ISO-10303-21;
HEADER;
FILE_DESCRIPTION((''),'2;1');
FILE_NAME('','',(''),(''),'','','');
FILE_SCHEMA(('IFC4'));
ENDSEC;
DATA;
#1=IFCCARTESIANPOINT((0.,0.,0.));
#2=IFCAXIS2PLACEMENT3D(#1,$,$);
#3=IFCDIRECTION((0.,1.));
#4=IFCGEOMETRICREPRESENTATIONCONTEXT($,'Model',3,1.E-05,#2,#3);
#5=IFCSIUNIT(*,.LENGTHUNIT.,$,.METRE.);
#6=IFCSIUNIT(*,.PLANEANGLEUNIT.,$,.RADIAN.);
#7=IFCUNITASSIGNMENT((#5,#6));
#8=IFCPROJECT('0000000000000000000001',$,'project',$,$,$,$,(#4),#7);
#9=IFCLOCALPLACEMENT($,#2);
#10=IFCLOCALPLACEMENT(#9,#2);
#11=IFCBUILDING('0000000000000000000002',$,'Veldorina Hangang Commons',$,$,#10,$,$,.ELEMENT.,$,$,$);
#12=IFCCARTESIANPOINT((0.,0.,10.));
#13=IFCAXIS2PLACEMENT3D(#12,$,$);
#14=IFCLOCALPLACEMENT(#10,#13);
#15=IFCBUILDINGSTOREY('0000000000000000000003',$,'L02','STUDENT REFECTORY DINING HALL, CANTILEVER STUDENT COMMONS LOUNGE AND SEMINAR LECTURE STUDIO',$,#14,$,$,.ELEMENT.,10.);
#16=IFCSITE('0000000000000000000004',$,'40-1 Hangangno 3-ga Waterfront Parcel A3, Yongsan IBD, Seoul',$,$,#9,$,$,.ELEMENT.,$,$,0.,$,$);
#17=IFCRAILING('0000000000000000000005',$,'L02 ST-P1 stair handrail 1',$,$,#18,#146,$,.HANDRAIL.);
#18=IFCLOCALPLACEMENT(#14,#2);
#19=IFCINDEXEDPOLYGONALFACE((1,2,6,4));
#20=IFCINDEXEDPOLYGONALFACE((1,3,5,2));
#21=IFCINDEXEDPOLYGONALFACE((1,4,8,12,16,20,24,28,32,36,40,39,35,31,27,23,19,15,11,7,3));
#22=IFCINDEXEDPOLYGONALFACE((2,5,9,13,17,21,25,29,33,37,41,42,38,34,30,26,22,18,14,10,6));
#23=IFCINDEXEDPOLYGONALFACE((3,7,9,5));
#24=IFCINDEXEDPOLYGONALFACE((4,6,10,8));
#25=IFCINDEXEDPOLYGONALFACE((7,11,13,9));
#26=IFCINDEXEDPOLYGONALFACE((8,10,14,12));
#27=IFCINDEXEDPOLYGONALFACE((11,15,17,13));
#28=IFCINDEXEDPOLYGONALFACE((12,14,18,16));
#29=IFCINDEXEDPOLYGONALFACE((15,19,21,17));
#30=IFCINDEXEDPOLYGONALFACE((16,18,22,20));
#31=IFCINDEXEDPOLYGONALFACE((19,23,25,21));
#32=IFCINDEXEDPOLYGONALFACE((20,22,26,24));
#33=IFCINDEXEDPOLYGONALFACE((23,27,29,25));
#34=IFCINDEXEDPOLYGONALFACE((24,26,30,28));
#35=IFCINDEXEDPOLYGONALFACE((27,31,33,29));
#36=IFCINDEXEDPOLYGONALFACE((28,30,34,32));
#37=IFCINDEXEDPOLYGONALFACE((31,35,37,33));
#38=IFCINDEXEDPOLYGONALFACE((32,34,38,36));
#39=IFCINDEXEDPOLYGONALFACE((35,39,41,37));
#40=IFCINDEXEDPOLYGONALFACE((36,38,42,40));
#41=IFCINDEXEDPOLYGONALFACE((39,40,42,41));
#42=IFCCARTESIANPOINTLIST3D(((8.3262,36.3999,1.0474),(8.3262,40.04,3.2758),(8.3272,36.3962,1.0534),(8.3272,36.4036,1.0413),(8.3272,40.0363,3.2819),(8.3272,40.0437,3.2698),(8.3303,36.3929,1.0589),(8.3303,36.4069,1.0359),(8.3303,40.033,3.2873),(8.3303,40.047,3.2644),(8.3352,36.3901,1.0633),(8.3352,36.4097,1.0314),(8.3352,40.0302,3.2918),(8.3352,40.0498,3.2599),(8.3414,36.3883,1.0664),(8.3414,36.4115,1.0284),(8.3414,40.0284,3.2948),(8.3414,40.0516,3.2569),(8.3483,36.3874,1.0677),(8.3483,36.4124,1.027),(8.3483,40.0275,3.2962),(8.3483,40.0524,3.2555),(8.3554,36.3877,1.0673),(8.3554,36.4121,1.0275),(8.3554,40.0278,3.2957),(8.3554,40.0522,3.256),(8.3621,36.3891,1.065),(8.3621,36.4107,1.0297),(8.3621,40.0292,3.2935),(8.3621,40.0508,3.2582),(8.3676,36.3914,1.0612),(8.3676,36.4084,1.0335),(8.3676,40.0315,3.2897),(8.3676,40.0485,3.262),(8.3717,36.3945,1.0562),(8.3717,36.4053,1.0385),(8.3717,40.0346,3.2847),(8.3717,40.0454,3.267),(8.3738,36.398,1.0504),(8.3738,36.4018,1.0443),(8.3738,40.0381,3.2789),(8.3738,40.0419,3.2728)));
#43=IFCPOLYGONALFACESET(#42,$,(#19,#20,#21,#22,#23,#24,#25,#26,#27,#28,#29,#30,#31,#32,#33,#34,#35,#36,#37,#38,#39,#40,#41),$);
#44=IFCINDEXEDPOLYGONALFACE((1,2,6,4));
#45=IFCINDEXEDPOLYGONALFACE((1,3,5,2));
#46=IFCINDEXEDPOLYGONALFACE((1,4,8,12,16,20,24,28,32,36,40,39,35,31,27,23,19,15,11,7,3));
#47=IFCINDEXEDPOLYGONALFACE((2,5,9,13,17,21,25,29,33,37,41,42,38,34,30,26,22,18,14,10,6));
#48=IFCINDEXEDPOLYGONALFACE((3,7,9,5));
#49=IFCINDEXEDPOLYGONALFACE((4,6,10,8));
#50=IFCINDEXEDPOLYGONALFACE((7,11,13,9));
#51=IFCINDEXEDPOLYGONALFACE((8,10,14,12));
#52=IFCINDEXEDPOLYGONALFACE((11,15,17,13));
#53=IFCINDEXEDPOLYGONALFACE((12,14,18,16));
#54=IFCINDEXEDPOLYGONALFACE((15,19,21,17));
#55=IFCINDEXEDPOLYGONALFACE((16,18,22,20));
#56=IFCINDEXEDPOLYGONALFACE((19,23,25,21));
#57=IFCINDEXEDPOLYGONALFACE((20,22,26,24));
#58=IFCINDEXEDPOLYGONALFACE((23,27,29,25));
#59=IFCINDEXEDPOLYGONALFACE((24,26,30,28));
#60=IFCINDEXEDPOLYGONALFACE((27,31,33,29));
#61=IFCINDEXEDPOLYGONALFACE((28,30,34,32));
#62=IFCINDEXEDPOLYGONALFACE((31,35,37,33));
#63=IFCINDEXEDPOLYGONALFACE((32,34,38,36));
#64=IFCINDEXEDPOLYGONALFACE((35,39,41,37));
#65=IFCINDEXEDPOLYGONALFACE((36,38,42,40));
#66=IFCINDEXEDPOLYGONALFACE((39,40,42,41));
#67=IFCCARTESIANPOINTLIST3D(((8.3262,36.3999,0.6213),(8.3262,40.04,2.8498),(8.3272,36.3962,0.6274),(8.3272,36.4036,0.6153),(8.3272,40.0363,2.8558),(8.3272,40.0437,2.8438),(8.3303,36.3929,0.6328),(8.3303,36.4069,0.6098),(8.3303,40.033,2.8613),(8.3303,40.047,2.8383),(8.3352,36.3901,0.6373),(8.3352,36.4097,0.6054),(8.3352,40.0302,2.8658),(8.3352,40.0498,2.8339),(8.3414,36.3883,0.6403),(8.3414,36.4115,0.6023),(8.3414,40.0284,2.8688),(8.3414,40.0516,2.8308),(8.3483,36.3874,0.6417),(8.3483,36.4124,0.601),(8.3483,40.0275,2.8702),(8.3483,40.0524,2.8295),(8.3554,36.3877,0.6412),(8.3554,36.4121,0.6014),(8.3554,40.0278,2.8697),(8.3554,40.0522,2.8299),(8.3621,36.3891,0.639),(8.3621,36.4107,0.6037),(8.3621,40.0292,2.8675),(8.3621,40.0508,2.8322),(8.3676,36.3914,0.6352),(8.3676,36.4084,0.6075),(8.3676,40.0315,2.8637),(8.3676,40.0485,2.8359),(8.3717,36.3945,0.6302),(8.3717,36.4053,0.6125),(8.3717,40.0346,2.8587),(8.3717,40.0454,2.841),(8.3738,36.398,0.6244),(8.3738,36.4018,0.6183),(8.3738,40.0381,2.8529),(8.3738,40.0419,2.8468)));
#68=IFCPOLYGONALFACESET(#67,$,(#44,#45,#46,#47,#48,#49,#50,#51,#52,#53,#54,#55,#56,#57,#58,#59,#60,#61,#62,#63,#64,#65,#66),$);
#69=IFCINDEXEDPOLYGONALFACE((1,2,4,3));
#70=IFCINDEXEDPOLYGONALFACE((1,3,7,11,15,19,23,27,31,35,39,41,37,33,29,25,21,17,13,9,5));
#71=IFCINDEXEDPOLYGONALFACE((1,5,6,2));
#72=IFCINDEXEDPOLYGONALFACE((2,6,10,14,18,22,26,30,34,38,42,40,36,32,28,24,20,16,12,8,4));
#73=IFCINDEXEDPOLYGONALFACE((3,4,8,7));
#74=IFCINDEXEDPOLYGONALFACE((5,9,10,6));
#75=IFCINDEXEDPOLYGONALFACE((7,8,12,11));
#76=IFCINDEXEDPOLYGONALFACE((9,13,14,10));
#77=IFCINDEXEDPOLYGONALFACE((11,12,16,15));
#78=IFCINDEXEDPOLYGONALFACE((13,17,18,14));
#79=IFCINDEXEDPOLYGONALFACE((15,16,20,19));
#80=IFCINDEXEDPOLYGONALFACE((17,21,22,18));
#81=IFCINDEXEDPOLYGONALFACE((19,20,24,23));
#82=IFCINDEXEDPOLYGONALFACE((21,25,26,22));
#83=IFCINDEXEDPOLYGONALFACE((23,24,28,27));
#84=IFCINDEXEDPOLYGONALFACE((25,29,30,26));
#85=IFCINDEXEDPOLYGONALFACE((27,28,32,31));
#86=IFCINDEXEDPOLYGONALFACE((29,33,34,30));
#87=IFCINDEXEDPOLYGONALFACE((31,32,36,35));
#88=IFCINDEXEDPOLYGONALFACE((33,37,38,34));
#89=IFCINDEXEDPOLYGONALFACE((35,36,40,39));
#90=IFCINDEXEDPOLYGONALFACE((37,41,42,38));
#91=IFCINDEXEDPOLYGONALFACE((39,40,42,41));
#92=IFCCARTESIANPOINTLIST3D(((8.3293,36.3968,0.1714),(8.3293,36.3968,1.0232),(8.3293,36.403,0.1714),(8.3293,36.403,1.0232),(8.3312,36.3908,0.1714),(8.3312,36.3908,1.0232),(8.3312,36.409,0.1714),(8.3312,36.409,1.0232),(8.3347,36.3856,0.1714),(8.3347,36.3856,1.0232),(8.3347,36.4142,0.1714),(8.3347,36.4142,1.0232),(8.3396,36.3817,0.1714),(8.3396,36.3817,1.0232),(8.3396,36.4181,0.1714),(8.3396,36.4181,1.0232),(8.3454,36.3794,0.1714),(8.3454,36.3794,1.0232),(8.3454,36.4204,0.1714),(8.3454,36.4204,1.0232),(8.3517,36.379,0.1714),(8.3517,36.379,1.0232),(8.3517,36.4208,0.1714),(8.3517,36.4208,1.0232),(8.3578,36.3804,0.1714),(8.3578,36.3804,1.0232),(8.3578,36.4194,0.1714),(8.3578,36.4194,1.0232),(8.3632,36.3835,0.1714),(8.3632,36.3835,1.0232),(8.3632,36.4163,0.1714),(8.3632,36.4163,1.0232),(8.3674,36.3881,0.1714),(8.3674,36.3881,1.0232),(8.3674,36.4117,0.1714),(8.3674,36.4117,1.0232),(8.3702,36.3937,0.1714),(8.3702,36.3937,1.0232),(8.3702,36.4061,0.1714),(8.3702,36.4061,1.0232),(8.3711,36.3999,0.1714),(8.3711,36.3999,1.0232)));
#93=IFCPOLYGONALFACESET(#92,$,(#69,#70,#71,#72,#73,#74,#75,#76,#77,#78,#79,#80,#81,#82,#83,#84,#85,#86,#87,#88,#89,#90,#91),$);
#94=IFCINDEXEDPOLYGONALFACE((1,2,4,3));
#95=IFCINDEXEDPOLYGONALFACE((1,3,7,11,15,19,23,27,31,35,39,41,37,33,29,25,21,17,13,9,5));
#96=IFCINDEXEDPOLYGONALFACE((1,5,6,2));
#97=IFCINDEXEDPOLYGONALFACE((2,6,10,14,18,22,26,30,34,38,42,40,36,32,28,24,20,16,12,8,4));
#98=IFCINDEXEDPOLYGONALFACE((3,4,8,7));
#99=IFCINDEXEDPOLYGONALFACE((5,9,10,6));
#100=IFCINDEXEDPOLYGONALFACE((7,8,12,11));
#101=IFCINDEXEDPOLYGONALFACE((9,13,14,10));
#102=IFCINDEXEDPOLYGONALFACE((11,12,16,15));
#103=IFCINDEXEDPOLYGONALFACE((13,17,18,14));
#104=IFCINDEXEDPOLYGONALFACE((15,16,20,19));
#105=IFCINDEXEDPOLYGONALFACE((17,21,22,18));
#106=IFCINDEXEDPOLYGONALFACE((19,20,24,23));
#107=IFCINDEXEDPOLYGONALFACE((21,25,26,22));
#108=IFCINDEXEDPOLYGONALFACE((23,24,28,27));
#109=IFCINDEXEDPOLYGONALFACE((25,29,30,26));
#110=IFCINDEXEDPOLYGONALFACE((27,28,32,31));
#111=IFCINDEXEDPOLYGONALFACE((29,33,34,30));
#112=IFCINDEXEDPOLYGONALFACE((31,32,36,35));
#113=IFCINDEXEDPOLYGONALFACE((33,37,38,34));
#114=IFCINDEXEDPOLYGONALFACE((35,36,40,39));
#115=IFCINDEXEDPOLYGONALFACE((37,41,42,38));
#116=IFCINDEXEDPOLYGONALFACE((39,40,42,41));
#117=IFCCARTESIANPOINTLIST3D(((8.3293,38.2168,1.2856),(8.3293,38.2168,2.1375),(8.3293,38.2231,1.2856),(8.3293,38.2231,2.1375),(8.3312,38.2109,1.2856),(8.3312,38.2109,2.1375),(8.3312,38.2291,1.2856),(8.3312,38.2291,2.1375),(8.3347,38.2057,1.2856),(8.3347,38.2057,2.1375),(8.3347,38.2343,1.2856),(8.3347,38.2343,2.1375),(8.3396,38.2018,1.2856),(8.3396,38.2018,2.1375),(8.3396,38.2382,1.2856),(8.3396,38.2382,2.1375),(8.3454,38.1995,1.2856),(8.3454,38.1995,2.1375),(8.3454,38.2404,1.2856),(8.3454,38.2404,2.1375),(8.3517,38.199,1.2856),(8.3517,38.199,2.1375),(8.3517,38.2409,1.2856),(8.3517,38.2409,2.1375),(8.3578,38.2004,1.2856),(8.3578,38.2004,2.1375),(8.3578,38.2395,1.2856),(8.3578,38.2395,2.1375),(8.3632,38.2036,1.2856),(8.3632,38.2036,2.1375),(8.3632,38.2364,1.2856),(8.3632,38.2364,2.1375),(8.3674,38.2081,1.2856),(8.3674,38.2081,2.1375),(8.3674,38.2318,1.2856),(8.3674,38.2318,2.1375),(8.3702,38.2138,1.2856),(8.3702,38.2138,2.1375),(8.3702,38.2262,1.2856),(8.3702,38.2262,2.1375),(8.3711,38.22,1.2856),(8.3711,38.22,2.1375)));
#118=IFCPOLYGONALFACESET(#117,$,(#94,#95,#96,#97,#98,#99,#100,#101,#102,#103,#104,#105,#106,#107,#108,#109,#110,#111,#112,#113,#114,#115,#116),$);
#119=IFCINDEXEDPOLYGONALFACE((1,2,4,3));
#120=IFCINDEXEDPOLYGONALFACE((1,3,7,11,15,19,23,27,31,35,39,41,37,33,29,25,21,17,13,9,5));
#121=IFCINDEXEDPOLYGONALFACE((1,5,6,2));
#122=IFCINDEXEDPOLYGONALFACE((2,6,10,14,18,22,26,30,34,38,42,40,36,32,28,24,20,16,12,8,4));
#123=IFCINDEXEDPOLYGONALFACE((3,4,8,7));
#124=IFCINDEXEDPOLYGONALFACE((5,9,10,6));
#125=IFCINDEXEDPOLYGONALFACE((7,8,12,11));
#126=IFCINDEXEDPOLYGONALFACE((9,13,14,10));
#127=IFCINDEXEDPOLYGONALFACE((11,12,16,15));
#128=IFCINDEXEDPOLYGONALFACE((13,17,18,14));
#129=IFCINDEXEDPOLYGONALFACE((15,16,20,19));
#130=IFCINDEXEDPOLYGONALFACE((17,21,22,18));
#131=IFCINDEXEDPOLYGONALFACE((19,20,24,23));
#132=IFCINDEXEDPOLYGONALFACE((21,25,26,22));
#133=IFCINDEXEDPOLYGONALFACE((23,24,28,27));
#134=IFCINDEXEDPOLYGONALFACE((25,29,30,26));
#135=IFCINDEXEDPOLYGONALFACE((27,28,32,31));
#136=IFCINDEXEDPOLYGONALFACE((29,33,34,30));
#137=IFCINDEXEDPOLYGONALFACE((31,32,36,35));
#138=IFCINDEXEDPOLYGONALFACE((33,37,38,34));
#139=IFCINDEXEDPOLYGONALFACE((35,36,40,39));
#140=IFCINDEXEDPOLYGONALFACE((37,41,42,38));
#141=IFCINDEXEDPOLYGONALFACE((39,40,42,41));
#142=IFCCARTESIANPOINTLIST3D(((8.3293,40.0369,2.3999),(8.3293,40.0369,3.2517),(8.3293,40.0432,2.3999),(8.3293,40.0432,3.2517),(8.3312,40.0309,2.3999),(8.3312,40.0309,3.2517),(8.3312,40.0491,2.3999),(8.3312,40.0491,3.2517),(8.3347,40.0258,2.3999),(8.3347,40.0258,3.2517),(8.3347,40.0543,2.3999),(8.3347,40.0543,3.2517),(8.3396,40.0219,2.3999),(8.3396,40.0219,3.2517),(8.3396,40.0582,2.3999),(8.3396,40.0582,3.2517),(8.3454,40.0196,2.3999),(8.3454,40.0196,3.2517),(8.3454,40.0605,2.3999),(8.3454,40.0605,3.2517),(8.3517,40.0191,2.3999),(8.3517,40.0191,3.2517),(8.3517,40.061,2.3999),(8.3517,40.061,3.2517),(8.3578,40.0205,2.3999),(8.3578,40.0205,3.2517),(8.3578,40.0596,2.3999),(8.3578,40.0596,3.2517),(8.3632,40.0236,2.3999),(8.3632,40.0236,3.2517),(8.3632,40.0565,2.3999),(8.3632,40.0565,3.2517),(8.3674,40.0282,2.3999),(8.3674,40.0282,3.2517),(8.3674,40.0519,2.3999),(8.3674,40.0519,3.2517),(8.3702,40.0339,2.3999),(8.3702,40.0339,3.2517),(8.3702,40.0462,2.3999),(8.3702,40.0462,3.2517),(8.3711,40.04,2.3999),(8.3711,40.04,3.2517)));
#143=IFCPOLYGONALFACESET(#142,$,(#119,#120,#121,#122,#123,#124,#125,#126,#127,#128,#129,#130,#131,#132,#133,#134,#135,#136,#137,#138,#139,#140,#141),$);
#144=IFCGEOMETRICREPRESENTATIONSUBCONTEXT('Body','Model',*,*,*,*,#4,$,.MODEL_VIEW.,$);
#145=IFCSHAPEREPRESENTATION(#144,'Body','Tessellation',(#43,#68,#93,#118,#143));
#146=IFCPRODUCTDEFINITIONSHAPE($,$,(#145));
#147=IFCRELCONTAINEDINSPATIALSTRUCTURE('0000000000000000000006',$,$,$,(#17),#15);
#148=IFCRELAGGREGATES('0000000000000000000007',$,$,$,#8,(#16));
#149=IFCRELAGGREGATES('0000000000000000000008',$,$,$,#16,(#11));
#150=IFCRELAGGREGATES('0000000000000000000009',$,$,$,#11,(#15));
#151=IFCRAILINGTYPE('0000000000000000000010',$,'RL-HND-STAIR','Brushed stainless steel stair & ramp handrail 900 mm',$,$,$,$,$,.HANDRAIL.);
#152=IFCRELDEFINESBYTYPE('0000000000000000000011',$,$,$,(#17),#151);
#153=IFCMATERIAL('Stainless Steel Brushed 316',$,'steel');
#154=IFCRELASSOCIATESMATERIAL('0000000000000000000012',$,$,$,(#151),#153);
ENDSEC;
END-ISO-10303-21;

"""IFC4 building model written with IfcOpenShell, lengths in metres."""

from ifc_helpers import new_model, si_unit, direction, frame, origin, origin_2d, place, context, subcontext, project, spatial, circle, extrude, material, type_object, element, save


model = new_model("IFC4")

# Units and contexts
model_context = context("Model", 3, precision=1e-05, world=origin(), true_north=direction((0.0, 1.0)))
body_context = subcontext(model_context, "Body", "Model", "MODEL_VIEW")
ifc_project = project(units=[si_unit("LENGTHUNIT", "METRE"), si_unit("PLANEANGLEUNIT", "RADIAN")], contexts=[model_context])

# Site, building, storey
site_placement = place(None, origin())
site = spatial("IfcSite", under=ifc_project, at=site_placement, Name="40-1 Hangangno 3-ga Waterfront Parcel A3, Yongsan IBD, Seoul", CompositionType="ELEMENT", RefElevation=0.0)
building_placement = place(site_placement, origin())
building = spatial("IfcBuilding", under=site, at=building_placement, Name="Veldorina Hangang Commons", CompositionType="ELEMENT")
storey_placement = place(building_placement, frame((0.0, 0.0, 10.0)))
storey = spatial("IfcBuildingStorey", under=building, at=storey_placement, Name="L02", Description="STUDENT REFECTORY DINING HALL, CANTILEVER STUDENT COMMONS LOUNGE AND SEMINAR LECTURE STUDIO", CompositionType="ELEMENT", Elevation=10.0)

# Railing
ifc_material_1 = material(Name="Stainless Steel Brushed 316", Category="steel")
railing_type_1 = type_object("IfcRailingType", Name="RL-HND-STAIR", Description="Brushed stainless steel stair & ramp handrail 900 mm", PredefinedType="HANDRAIL", material=ifc_material_1)
railing_1_placement = place(storey_placement, frame((8.3501, 36.3999, 0.1714)))
element("IfcRailing", 1, at=railing_1_placement, inside=storey, type_object=railing_type_1, Name="L02 ST-P1 stair handrail 1", PredefinedType="HANDRAIL", context=body_context, shape_type="SweptSolid", body=[
    extrude(circle(Radius=0.0239, at=origin_2d()), frame((0.0, 0.0, 0.876), z_axis=(0.0, 0.852866, 0.52213), x_axis=(-1.0, 0.0, 0.0)), (0.0, 0.0, 1.0), 4.2681),
    extrude(circle(Radius=0.0239, at=origin_2d()), frame((0.0, 0.0, 0.45), z_axis=(0.0, 0.852866, 0.52213), x_axis=(-1.0, 0.0, 0.0)), (0.0, 0.0, 1.0), 4.2681),
    extrude(circle(Radius=0.021, at=origin_2d()), origin(), (0.0, 0.0, 1.0), 0.8518),
    extrude(circle(Radius=0.021, at=origin_2d()), frame((0.0, 1.8201, 1.1143)), (0.0, 0.0, 1.0), 0.8518),
    extrude(circle(Radius=0.021, at=origin_2d()), frame((0.0, 3.6401, 2.2285)), (0.0, 0.0, 1.0), 0.8518),
])

save(model, "model.ifc")
